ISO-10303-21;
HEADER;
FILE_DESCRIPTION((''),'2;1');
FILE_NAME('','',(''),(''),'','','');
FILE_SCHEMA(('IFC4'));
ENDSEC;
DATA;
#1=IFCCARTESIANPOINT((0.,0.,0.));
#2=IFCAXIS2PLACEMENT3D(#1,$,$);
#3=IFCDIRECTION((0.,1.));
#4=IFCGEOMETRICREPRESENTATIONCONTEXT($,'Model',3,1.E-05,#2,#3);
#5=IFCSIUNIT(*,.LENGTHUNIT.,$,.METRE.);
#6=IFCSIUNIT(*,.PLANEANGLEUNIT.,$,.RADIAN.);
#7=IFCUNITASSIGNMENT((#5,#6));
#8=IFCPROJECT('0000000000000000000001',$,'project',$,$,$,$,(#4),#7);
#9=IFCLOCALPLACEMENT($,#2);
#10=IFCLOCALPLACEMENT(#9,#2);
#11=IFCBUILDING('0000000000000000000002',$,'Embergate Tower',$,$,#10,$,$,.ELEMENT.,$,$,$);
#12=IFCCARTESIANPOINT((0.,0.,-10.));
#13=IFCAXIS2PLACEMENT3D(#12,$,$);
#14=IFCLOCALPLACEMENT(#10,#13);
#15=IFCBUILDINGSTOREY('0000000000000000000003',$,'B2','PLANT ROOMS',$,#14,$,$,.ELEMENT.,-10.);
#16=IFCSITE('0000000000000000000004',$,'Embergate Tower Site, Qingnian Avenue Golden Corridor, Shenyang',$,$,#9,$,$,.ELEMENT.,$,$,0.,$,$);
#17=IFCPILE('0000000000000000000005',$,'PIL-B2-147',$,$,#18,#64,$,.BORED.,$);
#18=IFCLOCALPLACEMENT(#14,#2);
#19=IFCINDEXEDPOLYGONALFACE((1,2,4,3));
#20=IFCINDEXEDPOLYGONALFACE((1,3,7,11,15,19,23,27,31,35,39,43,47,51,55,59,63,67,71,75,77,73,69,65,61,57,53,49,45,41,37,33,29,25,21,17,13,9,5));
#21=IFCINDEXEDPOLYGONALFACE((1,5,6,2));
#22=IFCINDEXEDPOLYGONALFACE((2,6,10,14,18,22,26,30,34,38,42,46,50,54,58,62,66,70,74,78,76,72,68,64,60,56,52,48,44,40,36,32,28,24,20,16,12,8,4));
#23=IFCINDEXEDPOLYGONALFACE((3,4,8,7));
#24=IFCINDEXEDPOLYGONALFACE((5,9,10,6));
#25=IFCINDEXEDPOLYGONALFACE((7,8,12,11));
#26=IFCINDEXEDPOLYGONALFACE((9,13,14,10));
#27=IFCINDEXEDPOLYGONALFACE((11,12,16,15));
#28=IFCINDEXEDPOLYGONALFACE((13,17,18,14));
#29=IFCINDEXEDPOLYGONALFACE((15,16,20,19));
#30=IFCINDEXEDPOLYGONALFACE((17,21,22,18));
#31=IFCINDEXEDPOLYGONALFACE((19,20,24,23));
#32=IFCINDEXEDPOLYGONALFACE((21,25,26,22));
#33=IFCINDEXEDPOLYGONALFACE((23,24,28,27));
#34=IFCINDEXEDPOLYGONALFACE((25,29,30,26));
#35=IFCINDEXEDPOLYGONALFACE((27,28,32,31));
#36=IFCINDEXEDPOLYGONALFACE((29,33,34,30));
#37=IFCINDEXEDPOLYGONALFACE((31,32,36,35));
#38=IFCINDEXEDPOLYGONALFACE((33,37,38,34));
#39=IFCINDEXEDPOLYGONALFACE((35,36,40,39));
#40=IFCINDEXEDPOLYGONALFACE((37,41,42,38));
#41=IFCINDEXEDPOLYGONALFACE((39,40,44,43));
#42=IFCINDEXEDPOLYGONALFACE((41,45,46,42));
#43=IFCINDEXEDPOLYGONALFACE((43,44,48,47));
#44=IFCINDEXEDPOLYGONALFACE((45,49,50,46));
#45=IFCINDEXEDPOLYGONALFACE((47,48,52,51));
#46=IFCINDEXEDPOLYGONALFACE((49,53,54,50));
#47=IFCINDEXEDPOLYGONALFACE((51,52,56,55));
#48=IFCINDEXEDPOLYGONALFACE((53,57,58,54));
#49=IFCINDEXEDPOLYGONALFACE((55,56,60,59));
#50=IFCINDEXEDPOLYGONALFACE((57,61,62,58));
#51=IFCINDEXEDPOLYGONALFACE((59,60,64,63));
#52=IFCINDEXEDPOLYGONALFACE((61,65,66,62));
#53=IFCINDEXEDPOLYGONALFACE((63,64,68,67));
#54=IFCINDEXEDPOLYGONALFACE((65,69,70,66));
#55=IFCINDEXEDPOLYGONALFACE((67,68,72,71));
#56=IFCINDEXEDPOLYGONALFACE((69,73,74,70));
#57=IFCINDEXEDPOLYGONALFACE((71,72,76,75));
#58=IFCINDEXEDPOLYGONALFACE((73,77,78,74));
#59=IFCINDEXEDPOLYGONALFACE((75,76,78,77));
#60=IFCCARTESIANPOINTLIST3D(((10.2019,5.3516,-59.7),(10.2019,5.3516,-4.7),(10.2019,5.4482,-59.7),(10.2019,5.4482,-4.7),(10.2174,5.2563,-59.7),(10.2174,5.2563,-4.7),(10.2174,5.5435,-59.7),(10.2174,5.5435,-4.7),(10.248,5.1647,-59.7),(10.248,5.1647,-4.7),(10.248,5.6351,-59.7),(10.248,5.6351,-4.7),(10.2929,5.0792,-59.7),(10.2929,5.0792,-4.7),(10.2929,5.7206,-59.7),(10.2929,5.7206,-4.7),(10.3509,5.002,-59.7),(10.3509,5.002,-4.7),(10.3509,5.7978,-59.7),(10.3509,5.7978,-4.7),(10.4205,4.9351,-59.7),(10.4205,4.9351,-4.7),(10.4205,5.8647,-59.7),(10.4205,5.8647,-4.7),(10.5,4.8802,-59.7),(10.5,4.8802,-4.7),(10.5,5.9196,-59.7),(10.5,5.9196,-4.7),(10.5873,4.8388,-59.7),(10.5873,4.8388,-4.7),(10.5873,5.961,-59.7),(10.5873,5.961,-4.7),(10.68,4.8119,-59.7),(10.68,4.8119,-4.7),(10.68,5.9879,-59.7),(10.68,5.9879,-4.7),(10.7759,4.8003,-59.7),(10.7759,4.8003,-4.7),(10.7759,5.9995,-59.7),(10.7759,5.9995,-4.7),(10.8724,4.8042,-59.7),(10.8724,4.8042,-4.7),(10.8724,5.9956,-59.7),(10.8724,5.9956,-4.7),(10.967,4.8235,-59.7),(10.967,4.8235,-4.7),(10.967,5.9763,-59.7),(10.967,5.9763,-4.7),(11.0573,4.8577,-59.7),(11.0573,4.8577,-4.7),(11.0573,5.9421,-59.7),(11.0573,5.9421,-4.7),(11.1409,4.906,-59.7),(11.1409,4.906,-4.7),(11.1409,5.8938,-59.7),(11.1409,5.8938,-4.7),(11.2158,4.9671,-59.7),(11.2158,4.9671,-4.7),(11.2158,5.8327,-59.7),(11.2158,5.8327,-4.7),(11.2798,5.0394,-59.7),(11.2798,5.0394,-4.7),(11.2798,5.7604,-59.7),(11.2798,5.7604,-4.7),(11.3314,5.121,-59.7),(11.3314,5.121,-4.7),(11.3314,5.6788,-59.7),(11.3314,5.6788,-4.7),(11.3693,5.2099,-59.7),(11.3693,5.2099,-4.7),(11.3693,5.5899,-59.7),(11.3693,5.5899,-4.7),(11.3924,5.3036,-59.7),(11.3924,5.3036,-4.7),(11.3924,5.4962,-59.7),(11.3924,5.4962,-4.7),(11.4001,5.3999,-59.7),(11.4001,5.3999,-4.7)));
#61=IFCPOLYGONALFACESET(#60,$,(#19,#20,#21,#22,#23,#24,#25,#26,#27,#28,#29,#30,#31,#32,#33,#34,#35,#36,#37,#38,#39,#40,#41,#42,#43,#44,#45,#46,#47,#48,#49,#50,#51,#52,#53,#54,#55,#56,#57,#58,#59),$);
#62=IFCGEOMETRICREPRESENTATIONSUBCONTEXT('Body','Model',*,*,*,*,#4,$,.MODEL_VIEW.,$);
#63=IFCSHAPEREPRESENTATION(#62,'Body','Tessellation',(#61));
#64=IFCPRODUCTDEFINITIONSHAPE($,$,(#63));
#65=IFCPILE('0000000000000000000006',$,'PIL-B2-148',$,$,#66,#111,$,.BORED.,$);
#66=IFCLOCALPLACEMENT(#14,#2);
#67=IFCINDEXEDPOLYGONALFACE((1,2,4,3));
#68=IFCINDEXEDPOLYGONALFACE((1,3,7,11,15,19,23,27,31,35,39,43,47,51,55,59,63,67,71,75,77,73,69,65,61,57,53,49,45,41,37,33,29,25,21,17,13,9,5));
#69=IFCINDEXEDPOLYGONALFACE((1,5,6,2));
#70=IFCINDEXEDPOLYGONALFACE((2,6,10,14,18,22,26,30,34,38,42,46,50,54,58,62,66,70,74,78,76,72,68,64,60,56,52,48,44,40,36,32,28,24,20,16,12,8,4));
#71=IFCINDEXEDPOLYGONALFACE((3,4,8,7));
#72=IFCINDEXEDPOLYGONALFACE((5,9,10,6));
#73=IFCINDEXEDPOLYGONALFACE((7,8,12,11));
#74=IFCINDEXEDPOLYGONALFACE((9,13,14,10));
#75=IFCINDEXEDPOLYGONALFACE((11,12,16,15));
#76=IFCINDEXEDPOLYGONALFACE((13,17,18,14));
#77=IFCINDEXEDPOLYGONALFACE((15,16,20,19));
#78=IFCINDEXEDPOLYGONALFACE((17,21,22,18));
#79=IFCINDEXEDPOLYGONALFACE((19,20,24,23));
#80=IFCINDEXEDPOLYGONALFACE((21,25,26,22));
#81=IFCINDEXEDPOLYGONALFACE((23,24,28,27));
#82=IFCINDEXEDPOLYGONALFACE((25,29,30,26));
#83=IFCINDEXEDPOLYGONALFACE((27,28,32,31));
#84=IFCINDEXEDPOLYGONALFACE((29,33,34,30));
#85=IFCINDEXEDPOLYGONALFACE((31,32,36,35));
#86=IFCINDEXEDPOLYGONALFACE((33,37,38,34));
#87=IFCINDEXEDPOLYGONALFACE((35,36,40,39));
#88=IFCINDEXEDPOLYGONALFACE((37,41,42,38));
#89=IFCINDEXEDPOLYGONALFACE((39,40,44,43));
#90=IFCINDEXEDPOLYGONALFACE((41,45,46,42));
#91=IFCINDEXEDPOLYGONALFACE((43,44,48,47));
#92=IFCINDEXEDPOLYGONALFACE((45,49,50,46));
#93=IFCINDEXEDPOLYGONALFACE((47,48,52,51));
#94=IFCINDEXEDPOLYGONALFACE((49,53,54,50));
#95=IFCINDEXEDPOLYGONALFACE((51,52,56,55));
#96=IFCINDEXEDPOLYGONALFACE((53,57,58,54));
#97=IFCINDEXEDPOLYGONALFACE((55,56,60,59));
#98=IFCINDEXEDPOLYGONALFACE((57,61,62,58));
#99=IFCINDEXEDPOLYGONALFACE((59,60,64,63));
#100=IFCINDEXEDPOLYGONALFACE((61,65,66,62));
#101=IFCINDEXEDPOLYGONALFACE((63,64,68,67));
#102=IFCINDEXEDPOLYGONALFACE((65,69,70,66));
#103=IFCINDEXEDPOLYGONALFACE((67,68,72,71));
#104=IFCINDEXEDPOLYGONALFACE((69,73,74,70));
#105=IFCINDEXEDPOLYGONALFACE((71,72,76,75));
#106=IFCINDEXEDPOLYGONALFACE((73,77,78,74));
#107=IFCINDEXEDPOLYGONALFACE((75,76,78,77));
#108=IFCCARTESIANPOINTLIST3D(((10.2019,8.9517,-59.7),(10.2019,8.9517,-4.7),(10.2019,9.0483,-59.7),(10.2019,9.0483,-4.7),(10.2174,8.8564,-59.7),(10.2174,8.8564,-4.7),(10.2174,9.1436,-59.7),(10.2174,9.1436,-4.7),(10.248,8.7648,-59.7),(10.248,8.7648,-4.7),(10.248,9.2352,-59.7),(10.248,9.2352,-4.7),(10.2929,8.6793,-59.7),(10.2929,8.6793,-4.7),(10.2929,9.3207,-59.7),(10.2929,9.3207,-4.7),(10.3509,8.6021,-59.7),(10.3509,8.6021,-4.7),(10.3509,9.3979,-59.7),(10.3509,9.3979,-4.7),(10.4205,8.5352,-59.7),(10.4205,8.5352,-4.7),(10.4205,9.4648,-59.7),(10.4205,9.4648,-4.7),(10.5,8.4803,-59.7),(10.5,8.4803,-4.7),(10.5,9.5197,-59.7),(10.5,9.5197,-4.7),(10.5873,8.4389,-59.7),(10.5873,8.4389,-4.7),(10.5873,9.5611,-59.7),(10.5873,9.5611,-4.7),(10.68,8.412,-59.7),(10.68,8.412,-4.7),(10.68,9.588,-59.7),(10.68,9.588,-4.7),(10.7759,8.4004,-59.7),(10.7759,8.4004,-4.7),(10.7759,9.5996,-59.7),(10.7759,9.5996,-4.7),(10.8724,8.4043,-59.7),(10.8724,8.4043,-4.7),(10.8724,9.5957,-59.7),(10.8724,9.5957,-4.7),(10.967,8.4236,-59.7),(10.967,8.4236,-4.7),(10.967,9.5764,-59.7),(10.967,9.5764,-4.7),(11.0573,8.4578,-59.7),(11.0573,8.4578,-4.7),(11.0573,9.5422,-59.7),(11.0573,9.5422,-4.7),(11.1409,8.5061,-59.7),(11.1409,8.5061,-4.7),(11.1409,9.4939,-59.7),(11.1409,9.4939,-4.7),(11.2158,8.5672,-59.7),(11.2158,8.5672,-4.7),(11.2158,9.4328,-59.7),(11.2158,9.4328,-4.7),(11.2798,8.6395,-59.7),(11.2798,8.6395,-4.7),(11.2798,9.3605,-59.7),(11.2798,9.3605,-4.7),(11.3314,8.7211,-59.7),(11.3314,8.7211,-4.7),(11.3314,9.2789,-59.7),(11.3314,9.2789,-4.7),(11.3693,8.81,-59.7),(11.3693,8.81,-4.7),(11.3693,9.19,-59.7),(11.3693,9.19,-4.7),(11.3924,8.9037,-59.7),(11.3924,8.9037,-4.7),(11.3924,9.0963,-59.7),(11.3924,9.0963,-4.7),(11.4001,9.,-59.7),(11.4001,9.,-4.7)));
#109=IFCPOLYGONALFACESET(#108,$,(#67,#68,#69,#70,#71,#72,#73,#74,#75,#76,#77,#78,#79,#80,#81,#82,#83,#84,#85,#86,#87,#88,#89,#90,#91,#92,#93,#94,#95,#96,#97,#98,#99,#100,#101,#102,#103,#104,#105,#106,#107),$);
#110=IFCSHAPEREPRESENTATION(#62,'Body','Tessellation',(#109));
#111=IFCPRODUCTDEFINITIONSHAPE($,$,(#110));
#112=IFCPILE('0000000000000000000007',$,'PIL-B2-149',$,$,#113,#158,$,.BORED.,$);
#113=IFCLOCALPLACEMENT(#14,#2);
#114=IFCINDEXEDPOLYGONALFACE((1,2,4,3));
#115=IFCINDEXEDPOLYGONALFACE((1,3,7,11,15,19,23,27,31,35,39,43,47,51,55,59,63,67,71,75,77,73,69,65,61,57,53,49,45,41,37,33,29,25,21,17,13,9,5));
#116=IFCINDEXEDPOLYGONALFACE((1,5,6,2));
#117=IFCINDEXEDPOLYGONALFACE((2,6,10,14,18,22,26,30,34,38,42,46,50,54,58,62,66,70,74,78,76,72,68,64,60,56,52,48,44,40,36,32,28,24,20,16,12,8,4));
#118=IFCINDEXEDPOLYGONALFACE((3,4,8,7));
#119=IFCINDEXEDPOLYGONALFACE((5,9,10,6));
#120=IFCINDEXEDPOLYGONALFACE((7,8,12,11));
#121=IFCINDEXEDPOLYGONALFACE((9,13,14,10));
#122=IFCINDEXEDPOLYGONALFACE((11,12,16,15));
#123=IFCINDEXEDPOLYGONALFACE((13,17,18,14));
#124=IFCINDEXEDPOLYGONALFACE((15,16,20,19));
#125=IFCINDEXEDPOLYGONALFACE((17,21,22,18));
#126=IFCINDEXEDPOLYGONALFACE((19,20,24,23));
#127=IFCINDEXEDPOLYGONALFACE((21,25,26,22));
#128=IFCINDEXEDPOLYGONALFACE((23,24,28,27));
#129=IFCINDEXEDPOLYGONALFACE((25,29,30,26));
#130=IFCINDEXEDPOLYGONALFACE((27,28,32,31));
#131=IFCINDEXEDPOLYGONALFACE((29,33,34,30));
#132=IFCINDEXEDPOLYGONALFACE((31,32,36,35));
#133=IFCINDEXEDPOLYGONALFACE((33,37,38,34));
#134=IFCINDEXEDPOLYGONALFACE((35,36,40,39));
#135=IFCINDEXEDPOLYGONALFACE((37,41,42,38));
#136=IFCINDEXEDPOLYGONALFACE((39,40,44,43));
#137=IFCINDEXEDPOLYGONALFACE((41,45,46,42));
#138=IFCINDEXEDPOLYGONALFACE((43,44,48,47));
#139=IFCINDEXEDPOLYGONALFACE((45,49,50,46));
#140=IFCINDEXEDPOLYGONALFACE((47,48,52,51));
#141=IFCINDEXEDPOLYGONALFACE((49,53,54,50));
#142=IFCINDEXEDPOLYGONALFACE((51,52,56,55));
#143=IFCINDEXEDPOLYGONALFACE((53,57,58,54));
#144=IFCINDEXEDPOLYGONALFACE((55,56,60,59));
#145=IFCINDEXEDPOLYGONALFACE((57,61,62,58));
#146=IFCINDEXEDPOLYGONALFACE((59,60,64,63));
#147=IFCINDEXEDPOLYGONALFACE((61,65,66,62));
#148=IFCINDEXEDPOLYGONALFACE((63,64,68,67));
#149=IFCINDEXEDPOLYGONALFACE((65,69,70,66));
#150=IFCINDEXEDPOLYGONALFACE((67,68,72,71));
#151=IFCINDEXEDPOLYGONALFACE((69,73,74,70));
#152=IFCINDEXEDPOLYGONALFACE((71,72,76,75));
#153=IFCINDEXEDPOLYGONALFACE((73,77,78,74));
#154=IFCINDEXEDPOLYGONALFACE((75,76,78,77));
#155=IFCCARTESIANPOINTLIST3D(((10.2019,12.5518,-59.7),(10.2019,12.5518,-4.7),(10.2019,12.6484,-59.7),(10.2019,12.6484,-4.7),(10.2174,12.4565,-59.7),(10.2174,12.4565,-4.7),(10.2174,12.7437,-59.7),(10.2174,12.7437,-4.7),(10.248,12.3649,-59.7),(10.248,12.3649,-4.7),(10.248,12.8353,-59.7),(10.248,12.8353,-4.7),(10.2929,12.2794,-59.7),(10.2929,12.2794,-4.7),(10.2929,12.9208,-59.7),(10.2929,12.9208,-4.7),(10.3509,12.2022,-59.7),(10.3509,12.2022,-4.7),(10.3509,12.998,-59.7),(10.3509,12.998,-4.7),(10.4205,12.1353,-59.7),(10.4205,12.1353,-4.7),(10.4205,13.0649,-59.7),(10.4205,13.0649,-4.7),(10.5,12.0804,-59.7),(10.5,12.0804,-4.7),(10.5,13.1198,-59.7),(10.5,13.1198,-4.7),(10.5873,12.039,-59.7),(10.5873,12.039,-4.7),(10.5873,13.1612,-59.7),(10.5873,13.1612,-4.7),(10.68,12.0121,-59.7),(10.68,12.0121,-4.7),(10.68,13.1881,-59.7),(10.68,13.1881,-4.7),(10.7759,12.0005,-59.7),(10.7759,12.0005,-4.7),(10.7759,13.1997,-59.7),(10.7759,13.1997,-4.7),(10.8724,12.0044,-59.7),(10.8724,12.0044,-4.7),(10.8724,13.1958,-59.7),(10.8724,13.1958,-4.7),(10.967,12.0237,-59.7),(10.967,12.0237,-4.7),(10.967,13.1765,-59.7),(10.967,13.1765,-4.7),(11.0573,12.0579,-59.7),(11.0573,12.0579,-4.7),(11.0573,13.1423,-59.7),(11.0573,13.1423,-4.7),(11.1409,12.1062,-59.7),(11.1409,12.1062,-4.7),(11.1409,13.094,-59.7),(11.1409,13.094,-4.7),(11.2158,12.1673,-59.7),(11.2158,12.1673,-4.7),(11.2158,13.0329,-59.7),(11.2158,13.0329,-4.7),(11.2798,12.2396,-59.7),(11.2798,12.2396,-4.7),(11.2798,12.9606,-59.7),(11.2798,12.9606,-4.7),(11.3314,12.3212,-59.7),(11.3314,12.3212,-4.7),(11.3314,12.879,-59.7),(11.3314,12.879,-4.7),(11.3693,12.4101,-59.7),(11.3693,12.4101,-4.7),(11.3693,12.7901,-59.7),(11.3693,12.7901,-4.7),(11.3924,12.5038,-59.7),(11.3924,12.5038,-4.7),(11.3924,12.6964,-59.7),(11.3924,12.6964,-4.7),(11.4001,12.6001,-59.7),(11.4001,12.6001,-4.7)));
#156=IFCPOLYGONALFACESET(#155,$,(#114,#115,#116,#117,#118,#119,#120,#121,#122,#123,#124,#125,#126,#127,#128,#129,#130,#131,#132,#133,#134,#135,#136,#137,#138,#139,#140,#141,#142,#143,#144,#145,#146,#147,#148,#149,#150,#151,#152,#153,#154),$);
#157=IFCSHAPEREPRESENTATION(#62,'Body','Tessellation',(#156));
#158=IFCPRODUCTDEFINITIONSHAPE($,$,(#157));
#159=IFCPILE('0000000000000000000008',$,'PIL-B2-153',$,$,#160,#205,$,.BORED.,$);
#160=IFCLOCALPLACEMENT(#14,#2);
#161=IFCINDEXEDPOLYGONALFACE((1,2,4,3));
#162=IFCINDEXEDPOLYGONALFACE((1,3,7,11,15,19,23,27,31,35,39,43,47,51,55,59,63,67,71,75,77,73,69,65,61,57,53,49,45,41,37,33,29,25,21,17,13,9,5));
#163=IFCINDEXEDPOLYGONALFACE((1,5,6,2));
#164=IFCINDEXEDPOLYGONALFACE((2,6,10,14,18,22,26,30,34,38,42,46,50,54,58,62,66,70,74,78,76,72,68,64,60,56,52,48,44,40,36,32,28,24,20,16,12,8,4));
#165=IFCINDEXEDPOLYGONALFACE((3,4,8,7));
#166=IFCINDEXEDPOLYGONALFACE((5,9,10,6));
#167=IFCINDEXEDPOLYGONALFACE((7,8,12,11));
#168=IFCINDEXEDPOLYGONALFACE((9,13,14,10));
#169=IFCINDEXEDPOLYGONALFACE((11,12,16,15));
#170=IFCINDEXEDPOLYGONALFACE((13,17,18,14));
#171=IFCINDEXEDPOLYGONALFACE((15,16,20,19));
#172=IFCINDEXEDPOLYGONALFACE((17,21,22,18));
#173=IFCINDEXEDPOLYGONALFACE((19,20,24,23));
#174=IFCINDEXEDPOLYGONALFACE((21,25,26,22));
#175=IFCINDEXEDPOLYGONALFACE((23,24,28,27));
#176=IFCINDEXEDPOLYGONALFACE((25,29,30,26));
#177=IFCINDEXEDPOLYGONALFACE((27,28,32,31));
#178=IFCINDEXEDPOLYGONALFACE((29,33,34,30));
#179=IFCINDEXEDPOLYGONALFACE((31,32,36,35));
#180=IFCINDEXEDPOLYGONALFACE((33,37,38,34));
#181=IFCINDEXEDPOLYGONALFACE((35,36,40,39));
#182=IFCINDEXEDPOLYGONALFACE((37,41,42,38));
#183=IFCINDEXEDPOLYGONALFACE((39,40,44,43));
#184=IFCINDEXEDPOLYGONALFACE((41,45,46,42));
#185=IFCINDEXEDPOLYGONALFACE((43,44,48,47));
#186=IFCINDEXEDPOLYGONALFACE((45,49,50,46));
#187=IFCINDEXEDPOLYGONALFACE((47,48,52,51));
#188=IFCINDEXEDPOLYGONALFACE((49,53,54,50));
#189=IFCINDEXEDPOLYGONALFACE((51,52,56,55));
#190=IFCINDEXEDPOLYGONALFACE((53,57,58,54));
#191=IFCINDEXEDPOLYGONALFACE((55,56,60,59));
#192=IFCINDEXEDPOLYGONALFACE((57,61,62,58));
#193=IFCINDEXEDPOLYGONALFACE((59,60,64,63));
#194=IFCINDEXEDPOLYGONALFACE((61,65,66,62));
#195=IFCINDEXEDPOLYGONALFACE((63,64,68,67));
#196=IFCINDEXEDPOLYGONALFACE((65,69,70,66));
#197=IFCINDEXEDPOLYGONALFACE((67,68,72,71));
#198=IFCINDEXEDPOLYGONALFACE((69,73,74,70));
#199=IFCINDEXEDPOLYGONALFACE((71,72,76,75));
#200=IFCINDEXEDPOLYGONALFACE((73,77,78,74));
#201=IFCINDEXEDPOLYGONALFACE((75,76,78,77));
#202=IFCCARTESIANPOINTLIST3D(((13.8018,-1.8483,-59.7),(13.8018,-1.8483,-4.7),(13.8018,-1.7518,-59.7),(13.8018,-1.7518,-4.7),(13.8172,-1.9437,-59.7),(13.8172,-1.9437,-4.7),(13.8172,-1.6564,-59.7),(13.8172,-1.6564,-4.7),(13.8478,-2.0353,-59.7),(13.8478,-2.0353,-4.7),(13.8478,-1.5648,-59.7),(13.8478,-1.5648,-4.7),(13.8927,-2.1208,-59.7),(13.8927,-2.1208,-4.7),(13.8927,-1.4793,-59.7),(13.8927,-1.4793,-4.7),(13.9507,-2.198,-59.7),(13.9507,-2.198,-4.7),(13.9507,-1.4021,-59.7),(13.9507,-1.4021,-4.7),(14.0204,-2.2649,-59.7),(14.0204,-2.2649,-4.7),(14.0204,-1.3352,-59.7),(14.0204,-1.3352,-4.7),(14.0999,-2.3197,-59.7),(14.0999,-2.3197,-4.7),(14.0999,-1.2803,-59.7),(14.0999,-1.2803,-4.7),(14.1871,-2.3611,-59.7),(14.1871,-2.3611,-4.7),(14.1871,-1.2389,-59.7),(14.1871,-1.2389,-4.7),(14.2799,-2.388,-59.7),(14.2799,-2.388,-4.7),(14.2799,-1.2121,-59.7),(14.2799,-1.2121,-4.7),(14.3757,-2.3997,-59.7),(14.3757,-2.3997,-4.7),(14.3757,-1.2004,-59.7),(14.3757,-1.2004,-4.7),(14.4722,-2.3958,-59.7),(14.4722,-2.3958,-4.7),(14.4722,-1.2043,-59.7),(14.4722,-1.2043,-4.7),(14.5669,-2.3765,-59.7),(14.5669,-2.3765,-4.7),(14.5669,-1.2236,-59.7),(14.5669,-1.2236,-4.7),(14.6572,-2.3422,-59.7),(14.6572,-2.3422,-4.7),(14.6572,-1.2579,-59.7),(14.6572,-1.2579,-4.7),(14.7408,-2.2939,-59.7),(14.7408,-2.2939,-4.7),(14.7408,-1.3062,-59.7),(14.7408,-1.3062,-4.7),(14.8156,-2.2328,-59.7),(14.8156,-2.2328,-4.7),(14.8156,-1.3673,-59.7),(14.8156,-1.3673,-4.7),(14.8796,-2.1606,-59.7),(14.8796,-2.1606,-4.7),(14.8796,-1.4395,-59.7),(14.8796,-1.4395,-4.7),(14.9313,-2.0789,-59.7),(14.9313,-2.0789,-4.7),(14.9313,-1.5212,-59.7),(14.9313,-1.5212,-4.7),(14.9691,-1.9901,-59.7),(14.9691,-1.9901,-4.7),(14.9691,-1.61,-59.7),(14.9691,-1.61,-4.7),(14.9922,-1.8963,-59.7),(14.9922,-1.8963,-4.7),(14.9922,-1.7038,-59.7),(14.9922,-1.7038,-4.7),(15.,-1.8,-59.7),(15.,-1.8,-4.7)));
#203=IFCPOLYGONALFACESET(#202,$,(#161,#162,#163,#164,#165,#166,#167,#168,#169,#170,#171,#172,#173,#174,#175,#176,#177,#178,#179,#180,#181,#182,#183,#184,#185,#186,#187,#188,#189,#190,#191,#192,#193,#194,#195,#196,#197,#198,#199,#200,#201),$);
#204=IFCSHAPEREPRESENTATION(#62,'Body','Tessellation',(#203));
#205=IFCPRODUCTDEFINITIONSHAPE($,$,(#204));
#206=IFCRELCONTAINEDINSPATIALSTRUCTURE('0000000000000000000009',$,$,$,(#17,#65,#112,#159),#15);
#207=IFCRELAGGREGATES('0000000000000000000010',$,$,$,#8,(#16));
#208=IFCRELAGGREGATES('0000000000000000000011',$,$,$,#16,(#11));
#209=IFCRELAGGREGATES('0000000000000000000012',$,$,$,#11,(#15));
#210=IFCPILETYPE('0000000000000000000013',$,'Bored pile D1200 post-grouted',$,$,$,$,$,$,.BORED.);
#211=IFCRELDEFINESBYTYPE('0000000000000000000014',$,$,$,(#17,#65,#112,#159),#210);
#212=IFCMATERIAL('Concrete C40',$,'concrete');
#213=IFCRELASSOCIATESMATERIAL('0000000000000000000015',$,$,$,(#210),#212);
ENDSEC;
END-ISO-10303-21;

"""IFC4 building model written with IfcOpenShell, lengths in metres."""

from ifc_helpers import new_model, si_unit, direction, frame, origin, origin_2d, place, context, subcontext, project, spatial, circle, extrude, source, transform, mapped, material, material_profile, profile_set, type_object, element, save


model = new_model("IFC4")

# Units and contexts
model_context = context("Model", 3, precision=1e-05, world=origin(), true_north=direction((0.0, 1.0)))
body_context = subcontext(model_context, "Body", "Model", "MODEL_VIEW")
ifc_project = project(units=[si_unit("LENGTHUNIT", "METRE"), si_unit("PLANEANGLEUNIT", "RADIAN")], contexts=[model_context])

# Site, building, storey
site_placement = place(None, origin())
site = spatial("IfcSite", under=ifc_project, at=site_placement, Name="Embergate Tower Site, Qingnian Avenue Golden Corridor, Shenyang", CompositionType="ELEMENT", RefElevation=0.0)
building_placement = place(site_placement, origin())
building = spatial("IfcBuilding", under=site, at=building_placement, Name="Embergate Tower", CompositionType="ELEMENT")
storey_placement = place(building_placement, frame((0.0, 0.0, -10.0)))
storey = spatial("IfcBuildingStorey", under=building, at=storey_placement, Name="B2", Description="PLANT ROOMS", CompositionType="ELEMENT", Elevation=-10.0)

# Piles
ifc_material_1 = material(Name="Concrete C40", Category="concrete")
ifc_material_profile = material_profile(ifc_material_1, circle(Radius=0.6001, at=origin_2d()), Name="D1200")
ifc_profile_set = profile_set([ifc_material_profile], Name="Concrete C40")
pile_type = type_object("IfcPileType", Name="Bored pile D1200 post-grouted", PredefinedType="BORED", material=ifc_profile_set)
shared_shape_1 = source(origin(), body_context, "Body", "SweptSolid", [
    extrude(circle(Radius=0.6001, at=origin_2d()), origin(), (0.0, 0.0, 1.0), 55.0),
])
for number, where, z_axis, x_axis, name in (
    (1, (10.8, 5.3999, -4.7), (0.0, 0.0, -1.0), (1.0, 0.0, 0.0), "PIL-B2-147"),
    (2, (10.8, 9.0, -4.7), (0.0, 0.0, -1.0), (1.0, 0.0, 0.0), "PIL-B2-148"),
    (3, (10.8, 12.6001, -4.7), (0.0, 0.0, -1.0), (1.0, 0.0, 0.0), "PIL-B2-149"),
    (4, (14.3999, -1.8, -4.7), (0.0, 0.0, -1.0), (1.0, 0.0, 0.0), "PIL-B2-153"),
):
    element("IfcPile", number, at=place(storey_placement, frame(where, z_axis=z_axis, x_axis=x_axis)), inside=storey, type_object=pile_type, Name=name, PredefinedType="BORED", context=body_context, shape_type="MappedRepresentation", body=[
        mapped(shared_shape_1, transform((0.0, 0.0, 0.0))),
    ])

save(model, "model.ifc")
